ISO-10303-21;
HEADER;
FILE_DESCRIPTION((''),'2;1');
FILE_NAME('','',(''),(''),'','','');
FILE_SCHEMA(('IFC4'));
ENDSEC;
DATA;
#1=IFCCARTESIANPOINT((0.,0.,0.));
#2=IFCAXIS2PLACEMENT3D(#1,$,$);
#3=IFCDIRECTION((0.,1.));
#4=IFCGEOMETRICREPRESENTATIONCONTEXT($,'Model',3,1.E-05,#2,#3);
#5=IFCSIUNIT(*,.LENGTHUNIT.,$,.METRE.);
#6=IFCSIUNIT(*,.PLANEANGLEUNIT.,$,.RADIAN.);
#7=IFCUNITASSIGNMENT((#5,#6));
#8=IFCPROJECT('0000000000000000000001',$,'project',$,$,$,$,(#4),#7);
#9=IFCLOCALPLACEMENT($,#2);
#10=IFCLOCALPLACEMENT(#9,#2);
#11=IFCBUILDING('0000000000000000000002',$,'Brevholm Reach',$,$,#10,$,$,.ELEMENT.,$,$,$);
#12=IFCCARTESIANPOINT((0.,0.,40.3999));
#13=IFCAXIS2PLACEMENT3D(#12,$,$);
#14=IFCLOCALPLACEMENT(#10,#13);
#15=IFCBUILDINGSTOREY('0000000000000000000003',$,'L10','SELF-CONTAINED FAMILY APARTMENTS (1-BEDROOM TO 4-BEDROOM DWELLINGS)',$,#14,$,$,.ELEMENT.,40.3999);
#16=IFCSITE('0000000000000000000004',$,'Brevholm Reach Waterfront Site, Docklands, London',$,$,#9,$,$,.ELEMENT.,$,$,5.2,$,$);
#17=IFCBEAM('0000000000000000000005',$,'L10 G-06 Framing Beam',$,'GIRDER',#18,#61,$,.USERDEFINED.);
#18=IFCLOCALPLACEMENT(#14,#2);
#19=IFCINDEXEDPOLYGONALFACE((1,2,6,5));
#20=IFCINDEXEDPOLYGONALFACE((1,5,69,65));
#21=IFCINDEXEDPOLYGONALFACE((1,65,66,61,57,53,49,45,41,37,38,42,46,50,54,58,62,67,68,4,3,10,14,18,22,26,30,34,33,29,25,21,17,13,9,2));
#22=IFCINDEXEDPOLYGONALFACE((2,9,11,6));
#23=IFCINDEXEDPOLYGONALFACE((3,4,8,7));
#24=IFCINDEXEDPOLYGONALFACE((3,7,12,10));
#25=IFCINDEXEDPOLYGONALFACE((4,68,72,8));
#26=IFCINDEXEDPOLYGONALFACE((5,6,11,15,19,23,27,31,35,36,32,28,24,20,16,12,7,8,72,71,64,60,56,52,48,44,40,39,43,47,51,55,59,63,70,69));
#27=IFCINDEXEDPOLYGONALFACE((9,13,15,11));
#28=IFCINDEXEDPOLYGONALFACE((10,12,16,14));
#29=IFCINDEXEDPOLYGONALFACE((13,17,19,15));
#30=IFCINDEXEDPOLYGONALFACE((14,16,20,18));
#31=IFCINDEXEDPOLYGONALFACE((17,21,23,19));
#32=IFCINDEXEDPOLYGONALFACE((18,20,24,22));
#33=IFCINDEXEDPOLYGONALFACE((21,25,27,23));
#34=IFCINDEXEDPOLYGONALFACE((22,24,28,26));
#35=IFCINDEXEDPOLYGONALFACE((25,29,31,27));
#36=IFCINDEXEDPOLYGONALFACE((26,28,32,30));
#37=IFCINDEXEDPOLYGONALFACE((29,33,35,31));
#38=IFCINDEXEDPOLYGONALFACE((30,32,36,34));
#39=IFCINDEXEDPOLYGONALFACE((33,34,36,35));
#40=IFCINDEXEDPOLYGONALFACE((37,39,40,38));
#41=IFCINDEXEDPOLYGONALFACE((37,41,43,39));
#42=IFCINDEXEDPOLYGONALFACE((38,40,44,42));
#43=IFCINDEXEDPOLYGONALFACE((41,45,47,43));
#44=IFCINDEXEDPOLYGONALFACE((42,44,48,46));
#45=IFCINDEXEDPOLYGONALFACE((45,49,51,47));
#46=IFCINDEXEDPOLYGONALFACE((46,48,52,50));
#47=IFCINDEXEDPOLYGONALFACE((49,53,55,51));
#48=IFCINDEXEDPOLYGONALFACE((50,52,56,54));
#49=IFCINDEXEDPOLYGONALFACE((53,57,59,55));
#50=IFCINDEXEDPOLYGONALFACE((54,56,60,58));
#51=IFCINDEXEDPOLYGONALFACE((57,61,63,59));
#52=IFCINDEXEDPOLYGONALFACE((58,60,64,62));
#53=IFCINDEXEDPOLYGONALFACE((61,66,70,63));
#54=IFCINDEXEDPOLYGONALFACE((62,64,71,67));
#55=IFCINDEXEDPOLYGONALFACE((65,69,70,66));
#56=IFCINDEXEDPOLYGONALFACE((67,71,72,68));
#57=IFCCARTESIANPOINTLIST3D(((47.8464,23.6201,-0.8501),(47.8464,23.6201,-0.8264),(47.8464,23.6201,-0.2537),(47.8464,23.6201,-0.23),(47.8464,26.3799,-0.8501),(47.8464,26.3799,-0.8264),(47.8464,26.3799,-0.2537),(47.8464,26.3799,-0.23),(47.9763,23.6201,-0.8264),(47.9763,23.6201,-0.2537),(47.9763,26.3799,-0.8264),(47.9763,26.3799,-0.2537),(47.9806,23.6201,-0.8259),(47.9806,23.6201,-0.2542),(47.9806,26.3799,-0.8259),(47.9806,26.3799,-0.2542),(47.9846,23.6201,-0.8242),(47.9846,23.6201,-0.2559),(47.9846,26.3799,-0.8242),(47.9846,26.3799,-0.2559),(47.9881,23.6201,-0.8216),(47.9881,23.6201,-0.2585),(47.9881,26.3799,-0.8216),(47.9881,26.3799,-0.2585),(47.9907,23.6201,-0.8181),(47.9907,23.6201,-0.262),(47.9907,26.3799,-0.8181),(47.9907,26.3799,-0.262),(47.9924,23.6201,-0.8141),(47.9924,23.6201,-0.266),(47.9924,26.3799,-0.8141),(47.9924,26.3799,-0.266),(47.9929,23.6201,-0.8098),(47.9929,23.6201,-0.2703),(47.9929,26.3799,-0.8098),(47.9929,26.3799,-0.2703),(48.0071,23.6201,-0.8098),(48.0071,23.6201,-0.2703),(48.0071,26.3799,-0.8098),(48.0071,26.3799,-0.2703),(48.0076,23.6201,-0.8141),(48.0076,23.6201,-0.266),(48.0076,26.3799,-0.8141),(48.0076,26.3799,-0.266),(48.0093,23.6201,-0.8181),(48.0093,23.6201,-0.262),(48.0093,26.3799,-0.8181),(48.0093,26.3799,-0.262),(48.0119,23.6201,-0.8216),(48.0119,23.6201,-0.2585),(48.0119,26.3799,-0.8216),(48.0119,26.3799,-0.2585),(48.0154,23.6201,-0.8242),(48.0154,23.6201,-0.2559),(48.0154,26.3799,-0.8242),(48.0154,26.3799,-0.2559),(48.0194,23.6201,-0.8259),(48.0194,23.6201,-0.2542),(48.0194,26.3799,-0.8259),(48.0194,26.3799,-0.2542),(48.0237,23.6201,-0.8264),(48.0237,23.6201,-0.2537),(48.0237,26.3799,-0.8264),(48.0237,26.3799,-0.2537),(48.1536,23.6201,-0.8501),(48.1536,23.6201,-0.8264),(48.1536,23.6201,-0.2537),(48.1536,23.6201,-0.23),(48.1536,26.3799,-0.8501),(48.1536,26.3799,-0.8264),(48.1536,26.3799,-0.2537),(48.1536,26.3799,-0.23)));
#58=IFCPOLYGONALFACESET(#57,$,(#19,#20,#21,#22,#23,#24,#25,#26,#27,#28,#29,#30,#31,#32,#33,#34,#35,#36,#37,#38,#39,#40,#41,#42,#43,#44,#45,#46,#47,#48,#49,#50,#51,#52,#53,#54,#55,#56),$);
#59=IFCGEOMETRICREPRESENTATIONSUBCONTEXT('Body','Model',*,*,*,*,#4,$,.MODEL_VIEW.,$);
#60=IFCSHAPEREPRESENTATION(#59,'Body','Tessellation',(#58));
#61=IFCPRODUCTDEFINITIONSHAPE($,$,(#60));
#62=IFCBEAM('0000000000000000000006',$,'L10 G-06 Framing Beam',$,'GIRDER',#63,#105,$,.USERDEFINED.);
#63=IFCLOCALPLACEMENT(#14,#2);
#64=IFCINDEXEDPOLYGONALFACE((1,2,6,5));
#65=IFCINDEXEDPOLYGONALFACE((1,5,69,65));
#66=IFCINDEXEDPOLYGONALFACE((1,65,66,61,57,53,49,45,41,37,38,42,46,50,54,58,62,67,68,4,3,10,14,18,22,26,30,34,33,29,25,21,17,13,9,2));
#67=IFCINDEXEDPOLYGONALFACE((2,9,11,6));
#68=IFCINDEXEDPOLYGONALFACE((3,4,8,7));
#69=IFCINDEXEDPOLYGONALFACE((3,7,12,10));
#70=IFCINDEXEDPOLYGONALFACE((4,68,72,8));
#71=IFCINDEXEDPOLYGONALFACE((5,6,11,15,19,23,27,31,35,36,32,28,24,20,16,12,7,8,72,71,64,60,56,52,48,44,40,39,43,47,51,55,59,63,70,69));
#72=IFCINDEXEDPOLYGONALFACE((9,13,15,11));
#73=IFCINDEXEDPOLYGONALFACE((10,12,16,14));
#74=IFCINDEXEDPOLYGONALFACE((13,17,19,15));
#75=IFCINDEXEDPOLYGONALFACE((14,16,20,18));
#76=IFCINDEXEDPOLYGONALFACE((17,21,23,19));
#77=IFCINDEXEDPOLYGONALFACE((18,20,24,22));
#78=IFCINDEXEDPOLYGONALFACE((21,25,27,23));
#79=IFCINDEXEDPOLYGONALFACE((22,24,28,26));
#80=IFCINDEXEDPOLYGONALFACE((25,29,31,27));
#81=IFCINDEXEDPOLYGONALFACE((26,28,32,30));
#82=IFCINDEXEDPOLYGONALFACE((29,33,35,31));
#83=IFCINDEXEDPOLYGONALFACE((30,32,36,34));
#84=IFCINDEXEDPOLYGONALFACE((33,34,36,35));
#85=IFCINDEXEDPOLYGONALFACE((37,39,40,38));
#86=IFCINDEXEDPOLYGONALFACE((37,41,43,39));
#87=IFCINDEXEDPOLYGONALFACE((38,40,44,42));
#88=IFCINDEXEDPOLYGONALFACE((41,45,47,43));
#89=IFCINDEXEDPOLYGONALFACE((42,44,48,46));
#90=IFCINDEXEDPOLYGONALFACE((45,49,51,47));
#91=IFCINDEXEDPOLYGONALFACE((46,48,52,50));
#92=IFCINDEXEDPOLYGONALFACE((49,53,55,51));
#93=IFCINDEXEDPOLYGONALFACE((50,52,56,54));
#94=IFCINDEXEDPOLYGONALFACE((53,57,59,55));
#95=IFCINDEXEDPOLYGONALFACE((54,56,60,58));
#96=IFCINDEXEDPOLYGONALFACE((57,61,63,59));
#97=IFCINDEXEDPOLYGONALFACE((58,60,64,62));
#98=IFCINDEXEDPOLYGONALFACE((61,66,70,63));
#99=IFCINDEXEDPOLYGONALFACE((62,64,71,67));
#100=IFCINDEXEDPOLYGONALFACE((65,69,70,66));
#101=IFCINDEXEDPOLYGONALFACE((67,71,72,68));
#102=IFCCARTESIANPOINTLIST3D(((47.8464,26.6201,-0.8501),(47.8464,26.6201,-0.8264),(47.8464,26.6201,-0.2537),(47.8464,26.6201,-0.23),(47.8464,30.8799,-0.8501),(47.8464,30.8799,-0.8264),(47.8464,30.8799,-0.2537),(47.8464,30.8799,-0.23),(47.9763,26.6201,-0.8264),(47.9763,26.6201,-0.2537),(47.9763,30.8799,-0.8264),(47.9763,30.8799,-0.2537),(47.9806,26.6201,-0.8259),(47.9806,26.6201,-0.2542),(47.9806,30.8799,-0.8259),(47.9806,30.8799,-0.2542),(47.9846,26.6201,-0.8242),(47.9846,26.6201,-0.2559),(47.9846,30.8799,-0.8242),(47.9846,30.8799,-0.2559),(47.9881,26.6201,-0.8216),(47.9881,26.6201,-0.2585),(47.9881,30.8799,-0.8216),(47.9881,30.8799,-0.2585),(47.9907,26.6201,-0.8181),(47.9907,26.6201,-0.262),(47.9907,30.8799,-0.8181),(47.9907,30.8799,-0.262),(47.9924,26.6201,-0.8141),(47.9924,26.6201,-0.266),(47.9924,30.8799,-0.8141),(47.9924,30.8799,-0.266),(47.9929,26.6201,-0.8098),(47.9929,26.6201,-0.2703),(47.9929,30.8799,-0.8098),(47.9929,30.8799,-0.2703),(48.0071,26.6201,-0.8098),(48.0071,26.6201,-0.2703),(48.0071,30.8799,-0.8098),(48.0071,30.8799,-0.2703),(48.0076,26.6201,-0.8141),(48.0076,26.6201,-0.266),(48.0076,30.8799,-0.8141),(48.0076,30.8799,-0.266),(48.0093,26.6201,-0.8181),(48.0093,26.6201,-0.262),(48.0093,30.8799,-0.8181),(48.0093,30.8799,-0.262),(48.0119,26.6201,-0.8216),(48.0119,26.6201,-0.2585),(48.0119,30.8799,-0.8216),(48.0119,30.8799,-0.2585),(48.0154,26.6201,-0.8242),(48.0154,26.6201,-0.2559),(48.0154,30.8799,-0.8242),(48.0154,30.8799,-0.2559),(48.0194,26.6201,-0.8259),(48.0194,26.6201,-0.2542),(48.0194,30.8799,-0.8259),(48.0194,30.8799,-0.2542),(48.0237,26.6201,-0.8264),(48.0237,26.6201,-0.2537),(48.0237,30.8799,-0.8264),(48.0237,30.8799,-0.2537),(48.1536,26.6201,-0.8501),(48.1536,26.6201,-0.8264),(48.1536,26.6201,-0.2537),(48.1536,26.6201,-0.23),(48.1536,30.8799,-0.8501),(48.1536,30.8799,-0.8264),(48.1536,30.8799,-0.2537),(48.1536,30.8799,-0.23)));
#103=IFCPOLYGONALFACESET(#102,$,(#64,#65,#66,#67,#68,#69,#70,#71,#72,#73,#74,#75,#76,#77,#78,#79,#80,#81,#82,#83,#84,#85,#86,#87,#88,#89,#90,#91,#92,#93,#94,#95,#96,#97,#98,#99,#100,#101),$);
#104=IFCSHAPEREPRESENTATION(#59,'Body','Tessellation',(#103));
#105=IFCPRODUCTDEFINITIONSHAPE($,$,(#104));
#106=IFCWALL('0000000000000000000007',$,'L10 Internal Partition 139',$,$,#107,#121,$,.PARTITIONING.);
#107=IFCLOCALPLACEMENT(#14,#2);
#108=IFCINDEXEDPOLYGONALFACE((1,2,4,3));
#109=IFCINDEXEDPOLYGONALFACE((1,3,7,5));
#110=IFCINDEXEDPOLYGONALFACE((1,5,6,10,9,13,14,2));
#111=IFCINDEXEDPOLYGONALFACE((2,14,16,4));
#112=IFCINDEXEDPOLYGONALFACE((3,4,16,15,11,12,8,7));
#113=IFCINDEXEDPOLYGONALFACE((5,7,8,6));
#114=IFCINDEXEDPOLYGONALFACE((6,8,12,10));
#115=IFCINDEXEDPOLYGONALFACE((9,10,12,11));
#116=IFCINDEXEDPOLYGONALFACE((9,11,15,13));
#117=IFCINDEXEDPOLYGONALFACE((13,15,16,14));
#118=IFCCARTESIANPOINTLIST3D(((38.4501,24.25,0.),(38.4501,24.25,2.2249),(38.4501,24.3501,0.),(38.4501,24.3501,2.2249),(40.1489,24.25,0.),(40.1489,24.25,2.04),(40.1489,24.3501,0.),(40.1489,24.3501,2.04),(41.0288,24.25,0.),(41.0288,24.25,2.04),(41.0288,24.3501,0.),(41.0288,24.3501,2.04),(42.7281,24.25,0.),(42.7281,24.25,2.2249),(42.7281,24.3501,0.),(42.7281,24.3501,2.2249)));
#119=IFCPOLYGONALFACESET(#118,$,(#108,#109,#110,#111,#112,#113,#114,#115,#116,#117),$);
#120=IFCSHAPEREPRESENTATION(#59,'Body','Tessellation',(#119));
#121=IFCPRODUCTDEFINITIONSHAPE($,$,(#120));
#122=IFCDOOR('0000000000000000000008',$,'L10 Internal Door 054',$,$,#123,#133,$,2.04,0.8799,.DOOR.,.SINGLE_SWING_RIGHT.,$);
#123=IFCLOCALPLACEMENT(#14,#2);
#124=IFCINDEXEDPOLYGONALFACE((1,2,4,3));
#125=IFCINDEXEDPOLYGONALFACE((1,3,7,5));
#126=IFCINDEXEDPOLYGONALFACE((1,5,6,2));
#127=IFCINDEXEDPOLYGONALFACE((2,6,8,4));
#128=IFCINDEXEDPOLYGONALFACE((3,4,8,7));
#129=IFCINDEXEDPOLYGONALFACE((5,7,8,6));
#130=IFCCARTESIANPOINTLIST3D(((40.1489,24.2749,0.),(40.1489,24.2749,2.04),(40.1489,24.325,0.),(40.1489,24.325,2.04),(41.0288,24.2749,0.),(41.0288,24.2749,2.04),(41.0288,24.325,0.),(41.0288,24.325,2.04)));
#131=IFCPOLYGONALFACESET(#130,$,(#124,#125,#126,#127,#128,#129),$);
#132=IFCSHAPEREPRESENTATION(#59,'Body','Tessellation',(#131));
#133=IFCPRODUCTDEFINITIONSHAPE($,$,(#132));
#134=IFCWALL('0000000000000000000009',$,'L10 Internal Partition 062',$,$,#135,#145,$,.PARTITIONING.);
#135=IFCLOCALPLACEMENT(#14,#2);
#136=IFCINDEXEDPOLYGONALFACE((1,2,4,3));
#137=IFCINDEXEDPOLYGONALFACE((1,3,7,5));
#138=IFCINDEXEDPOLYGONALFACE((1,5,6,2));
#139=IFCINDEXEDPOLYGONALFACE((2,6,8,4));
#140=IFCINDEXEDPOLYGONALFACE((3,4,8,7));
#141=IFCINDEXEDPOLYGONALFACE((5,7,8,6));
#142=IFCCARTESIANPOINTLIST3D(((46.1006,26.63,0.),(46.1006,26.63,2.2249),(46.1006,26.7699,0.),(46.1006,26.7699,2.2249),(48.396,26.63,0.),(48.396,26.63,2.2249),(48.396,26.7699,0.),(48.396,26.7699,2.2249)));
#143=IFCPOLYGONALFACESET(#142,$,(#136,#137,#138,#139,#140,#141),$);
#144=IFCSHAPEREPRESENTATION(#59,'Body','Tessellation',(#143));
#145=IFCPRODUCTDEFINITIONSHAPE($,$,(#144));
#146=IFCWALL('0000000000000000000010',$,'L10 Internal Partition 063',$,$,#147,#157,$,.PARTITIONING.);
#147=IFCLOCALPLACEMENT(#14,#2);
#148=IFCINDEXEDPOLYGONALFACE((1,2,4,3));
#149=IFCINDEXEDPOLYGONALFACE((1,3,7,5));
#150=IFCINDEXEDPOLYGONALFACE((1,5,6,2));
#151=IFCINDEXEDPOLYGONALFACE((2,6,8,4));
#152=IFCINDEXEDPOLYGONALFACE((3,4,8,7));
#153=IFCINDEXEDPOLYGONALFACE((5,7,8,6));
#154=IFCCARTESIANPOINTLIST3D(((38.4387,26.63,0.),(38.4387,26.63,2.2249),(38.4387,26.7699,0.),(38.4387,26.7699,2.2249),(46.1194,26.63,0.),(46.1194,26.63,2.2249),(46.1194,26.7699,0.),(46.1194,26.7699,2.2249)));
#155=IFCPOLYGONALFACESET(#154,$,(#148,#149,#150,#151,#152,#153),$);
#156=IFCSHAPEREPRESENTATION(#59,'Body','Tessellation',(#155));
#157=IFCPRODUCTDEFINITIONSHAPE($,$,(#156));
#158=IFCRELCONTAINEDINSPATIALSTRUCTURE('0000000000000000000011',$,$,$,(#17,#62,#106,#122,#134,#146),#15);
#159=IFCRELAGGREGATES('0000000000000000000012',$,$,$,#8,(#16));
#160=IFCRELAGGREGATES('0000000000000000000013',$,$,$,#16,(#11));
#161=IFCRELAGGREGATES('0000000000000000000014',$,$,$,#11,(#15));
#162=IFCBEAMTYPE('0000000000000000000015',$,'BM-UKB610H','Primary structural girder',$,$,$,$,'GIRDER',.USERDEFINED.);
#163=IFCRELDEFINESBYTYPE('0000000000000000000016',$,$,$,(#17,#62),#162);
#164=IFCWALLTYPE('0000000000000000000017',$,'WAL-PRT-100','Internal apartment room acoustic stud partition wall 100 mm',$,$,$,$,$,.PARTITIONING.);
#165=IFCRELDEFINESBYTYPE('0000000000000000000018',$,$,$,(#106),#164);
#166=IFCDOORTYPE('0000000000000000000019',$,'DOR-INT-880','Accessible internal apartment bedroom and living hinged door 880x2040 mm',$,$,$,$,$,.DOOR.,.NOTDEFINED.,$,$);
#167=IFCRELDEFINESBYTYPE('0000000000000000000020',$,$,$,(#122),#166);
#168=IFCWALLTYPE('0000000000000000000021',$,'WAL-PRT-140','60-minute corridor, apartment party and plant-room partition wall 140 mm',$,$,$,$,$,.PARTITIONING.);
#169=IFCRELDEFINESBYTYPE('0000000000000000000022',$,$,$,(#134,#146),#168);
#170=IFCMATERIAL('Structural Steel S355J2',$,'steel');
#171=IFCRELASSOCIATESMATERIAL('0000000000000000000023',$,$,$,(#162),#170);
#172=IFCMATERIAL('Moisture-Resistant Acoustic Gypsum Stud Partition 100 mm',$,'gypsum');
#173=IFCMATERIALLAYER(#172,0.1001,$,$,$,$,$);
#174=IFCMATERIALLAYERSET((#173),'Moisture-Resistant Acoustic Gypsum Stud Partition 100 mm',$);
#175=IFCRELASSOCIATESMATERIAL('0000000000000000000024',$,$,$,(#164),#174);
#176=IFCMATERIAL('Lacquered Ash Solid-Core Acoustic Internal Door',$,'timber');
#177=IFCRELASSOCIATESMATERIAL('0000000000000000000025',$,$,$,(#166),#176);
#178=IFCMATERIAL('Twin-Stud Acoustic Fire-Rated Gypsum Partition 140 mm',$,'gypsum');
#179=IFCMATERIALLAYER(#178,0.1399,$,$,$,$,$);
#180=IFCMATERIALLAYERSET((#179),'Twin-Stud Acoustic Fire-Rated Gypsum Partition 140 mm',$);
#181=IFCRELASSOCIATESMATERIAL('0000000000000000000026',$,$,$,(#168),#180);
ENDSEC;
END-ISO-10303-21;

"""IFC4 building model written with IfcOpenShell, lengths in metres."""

from ifc_helpers import new_model, si_unit, direction, frame, frame_2d, origin, origin_2d, place, context, subcontext, project, spatial, rectangle, i_section, extrude, material, layer, layer_set, material_profile, profile_set, type_object, element, fill, save


model = new_model("IFC4")

# Units and contexts
model_context = context("Model", 3, precision=1e-05, world=origin(), true_north=direction((0.0, 1.0)))
body_context = subcontext(model_context, "Body", "Model", "MODEL_VIEW")
ifc_project = project(units=[si_unit("LENGTHUNIT", "METRE"), si_unit("PLANEANGLEUNIT", "RADIAN")], contexts=[model_context])

# Site, building, storey
site_placement = place(None, origin())
site = spatial("IfcSite", under=ifc_project, at=site_placement, Name="Brevholm Reach Waterfront Site, Docklands, London", CompositionType="ELEMENT", RefElevation=5.2)
building_placement = place(site_placement, origin())
building = spatial("IfcBuilding", under=site, at=building_placement, Name="Brevholm Reach", CompositionType="ELEMENT")
storey_placement = place(building_placement, frame((0.0, 0.0, 40.3999)))
storey = spatial("IfcBuildingStorey", under=building, at=storey_placement, Name="L10", Description="SELF-CONTAINED FAMILY APARTMENTS (1-BEDROOM TO 4-BEDROOM DWELLINGS)", CompositionType="ELEMENT", Elevation=40.3999)

# Beams
ifc_material_1 = material(Name="Structural Steel S355J2", Category="steel")
ifc_material_profile_1 = material_profile(ifc_material_1, i_section(OverallWidth=0.3071, OverallDepth=0.6201, WebThickness=0.0142, FlangeThickness=0.0237, FilletRadius=0.0166, at=origin_2d()), Name="UKB 610x305x179")
ifc_profile_set_1 = profile_set([ifc_material_profile_1], Name="Structural Steel S355J2")
beam_type_1 = type_object("IfcBeamType", Name="BM-UKB610H", Description="Primary structural girder", ElementType="GIRDER", PredefinedType="USERDEFINED", material=ifc_profile_set_1)
beam_1_placement = place(storey_placement, frame((48.0, 23.6201, -0.54), z_axis=(0.0, 1.0, 0.0), x_axis=(-1.0, 0.0, 0.0)))
element("IfcBeam", 1, at=beam_1_placement, inside=storey, type_object=beam_type_1, Name="L10 G-06 Framing Beam", ObjectType="GIRDER", PredefinedType="USERDEFINED", context=body_context, shape_type="SweptSolid", body=[
    extrude(i_section(OverallWidth=0.3071, OverallDepth=0.6201, WebThickness=0.0142, FlangeThickness=0.0237, FilletRadius=0.0166, at=origin_2d()), origin(), (0.0, 0.0, 1.0), 2.7598),
])
beam_2_placement = place(storey_placement, frame((48.0, 26.6201, -0.54), z_axis=(0.0, 1.0, 0.0), x_axis=(-1.0, 0.0, 0.0)))
element("IfcBeam", 2, at=beam_2_placement, inside=storey, type_object=beam_type_1, Name="L10 G-06 Framing Beam", ObjectType="GIRDER", PredefinedType="USERDEFINED", context=body_context, shape_type="SweptSolid", body=[
    extrude(i_section(OverallWidth=0.3071, OverallDepth=0.6201, WebThickness=0.0142, FlangeThickness=0.0237, FilletRadius=0.0166, at=origin_2d()), origin(), (0.0, 0.0, 1.0), 4.2598),
])

# Wall, opening, door
ifc_material_2 = material(Name="Moisture-Resistant Acoustic Gypsum Stud Partition 100 mm", Category="gypsum")
ifc_layer_1 = layer(ifc_material_2, 0.1001)
ifc_layer_set_1 = layer_set([ifc_layer_1], Name="Moisture-Resistant Acoustic Gypsum Stud Partition 100 mm")
wall_type_1 = type_object("IfcWallType", Name="WAL-PRT-100", Description="Internal apartment room acoustic stud partition wall 100 mm", PredefinedType="PARTITIONING", material=ifc_layer_set_1)
wall_1_placement = place(storey_placement, frame((38.45, 24.3, 0.0), z_axis=(0.0, 0.0, 1.0), x_axis=(1.0, 0.0, 0.0)))
wall_1 = element("IfcWall", 3, at=wall_1_placement, inside=storey, type_object=wall_type_1, Name="L10 Internal Partition 139", PredefinedType="PARTITIONING", context=body_context, shape_type="SweptSolid", body=[
    extrude(rectangle(XDim=4.2781, YDim=0.1001, at=frame_2d((2.1392, 0.0))), origin(), (0.0, 0.0, 1.0), 2.2249),
])
opening_placement = place(wall_1_placement, frame((1.699, 0.0, 0.0)))
opening = element("IfcOpeningElement", 4, at=opening_placement, cuts=wall_1, PredefinedType="OPENING", context=body_context, shape_type="SweptSolid", body=[
    extrude(rectangle(XDim=0.8799, YDim=2.04, at=frame_2d((0.4399, 1.02))), frame((0.0, 0.0601, 0.0), z_axis=(0.0, -1.0, 0.0), x_axis=(1.0, 0.0, 0.0)), (0.0, 0.0, 1.0), 0.1201),
])
ifc_material_3 = material(Name="Lacquered Ash Solid-Core Acoustic Internal Door", Category="timber")
door_type = type_object("IfcDoorType", Name="DOR-INT-880", Description="Accessible internal apartment bedroom and living hinged door 880x2040 mm", OperationType="NOTDEFINED", PredefinedType="DOOR", material=ifc_material_3)
door_placement = place(opening_placement, origin())
door = element("IfcDoor", 5, at=door_placement, inside=storey, type_object=door_type, Name="L10 Internal Door 054", OperationType="SINGLE_SWING_RIGHT", OverallHeight=2.04, OverallWidth=0.8799, PredefinedType="DOOR", context=body_context, shape_type="SweptSolid", body=[
    extrude(rectangle(XDim=0.8799, YDim=2.04, at=frame_2d((0.4399, 1.02))), frame((0.0, 0.0249, 0.0), z_axis=(0.0, -1.0, 0.0), x_axis=(1.0, 0.0, 0.0)), (0.0, 0.0, 1.0), 0.05),
])
fill(opening, door)

# Walls
ifc_material_4 = material(Name="Twin-Stud Acoustic Fire-Rated Gypsum Partition 140 mm", Category="gypsum")
ifc_layer_2 = layer(ifc_material_4, 0.1399)
ifc_layer_set_2 = layer_set([ifc_layer_2], Name="Twin-Stud Acoustic Fire-Rated Gypsum Partition 140 mm")
wall_type_2 = type_object("IfcWallType", Name="WAL-PRT-140", Description="60-minute corridor, apartment party and plant-room partition wall 140 mm", PredefinedType="PARTITIONING", material=ifc_layer_set_2)
wall_2_placement = place(storey_placement, frame((46.1006, 26.7, 0.0), z_axis=(0.0, 0.0, 1.0), x_axis=(1.0, 0.0, 0.0)))
element("IfcWall", 6, at=wall_2_placement, inside=storey, type_object=wall_type_2, Name="L10 Internal Partition 062", PredefinedType="PARTITIONING", context=body_context, shape_type="SweptSolid", body=[
    extrude(rectangle(XDim=2.2954, YDim=0.1399, at=frame_2d((1.1477, 0.0))), origin(), (0.0, 0.0, 1.0), 2.2249),
])
wall_3_placement = place(storey_placement, frame((38.4387, 26.7, 0.0), z_axis=(0.0, 0.0, 1.0), x_axis=(1.0, 0.0, 0.0)))
element("IfcWall", 7, at=wall_3_placement, inside=storey, type_object=wall_type_2, Name="L10 Internal Partition 063", PredefinedType="PARTITIONING", context=body_context, shape_type="SweptSolid", body=[
    extrude(rectangle(XDim=7.6807, YDim=0.1399, at=frame_2d((3.8403, 0.0))), origin(), (0.0, 0.0, 1.0), 2.2249),
])

save(model, "model.ifc")
